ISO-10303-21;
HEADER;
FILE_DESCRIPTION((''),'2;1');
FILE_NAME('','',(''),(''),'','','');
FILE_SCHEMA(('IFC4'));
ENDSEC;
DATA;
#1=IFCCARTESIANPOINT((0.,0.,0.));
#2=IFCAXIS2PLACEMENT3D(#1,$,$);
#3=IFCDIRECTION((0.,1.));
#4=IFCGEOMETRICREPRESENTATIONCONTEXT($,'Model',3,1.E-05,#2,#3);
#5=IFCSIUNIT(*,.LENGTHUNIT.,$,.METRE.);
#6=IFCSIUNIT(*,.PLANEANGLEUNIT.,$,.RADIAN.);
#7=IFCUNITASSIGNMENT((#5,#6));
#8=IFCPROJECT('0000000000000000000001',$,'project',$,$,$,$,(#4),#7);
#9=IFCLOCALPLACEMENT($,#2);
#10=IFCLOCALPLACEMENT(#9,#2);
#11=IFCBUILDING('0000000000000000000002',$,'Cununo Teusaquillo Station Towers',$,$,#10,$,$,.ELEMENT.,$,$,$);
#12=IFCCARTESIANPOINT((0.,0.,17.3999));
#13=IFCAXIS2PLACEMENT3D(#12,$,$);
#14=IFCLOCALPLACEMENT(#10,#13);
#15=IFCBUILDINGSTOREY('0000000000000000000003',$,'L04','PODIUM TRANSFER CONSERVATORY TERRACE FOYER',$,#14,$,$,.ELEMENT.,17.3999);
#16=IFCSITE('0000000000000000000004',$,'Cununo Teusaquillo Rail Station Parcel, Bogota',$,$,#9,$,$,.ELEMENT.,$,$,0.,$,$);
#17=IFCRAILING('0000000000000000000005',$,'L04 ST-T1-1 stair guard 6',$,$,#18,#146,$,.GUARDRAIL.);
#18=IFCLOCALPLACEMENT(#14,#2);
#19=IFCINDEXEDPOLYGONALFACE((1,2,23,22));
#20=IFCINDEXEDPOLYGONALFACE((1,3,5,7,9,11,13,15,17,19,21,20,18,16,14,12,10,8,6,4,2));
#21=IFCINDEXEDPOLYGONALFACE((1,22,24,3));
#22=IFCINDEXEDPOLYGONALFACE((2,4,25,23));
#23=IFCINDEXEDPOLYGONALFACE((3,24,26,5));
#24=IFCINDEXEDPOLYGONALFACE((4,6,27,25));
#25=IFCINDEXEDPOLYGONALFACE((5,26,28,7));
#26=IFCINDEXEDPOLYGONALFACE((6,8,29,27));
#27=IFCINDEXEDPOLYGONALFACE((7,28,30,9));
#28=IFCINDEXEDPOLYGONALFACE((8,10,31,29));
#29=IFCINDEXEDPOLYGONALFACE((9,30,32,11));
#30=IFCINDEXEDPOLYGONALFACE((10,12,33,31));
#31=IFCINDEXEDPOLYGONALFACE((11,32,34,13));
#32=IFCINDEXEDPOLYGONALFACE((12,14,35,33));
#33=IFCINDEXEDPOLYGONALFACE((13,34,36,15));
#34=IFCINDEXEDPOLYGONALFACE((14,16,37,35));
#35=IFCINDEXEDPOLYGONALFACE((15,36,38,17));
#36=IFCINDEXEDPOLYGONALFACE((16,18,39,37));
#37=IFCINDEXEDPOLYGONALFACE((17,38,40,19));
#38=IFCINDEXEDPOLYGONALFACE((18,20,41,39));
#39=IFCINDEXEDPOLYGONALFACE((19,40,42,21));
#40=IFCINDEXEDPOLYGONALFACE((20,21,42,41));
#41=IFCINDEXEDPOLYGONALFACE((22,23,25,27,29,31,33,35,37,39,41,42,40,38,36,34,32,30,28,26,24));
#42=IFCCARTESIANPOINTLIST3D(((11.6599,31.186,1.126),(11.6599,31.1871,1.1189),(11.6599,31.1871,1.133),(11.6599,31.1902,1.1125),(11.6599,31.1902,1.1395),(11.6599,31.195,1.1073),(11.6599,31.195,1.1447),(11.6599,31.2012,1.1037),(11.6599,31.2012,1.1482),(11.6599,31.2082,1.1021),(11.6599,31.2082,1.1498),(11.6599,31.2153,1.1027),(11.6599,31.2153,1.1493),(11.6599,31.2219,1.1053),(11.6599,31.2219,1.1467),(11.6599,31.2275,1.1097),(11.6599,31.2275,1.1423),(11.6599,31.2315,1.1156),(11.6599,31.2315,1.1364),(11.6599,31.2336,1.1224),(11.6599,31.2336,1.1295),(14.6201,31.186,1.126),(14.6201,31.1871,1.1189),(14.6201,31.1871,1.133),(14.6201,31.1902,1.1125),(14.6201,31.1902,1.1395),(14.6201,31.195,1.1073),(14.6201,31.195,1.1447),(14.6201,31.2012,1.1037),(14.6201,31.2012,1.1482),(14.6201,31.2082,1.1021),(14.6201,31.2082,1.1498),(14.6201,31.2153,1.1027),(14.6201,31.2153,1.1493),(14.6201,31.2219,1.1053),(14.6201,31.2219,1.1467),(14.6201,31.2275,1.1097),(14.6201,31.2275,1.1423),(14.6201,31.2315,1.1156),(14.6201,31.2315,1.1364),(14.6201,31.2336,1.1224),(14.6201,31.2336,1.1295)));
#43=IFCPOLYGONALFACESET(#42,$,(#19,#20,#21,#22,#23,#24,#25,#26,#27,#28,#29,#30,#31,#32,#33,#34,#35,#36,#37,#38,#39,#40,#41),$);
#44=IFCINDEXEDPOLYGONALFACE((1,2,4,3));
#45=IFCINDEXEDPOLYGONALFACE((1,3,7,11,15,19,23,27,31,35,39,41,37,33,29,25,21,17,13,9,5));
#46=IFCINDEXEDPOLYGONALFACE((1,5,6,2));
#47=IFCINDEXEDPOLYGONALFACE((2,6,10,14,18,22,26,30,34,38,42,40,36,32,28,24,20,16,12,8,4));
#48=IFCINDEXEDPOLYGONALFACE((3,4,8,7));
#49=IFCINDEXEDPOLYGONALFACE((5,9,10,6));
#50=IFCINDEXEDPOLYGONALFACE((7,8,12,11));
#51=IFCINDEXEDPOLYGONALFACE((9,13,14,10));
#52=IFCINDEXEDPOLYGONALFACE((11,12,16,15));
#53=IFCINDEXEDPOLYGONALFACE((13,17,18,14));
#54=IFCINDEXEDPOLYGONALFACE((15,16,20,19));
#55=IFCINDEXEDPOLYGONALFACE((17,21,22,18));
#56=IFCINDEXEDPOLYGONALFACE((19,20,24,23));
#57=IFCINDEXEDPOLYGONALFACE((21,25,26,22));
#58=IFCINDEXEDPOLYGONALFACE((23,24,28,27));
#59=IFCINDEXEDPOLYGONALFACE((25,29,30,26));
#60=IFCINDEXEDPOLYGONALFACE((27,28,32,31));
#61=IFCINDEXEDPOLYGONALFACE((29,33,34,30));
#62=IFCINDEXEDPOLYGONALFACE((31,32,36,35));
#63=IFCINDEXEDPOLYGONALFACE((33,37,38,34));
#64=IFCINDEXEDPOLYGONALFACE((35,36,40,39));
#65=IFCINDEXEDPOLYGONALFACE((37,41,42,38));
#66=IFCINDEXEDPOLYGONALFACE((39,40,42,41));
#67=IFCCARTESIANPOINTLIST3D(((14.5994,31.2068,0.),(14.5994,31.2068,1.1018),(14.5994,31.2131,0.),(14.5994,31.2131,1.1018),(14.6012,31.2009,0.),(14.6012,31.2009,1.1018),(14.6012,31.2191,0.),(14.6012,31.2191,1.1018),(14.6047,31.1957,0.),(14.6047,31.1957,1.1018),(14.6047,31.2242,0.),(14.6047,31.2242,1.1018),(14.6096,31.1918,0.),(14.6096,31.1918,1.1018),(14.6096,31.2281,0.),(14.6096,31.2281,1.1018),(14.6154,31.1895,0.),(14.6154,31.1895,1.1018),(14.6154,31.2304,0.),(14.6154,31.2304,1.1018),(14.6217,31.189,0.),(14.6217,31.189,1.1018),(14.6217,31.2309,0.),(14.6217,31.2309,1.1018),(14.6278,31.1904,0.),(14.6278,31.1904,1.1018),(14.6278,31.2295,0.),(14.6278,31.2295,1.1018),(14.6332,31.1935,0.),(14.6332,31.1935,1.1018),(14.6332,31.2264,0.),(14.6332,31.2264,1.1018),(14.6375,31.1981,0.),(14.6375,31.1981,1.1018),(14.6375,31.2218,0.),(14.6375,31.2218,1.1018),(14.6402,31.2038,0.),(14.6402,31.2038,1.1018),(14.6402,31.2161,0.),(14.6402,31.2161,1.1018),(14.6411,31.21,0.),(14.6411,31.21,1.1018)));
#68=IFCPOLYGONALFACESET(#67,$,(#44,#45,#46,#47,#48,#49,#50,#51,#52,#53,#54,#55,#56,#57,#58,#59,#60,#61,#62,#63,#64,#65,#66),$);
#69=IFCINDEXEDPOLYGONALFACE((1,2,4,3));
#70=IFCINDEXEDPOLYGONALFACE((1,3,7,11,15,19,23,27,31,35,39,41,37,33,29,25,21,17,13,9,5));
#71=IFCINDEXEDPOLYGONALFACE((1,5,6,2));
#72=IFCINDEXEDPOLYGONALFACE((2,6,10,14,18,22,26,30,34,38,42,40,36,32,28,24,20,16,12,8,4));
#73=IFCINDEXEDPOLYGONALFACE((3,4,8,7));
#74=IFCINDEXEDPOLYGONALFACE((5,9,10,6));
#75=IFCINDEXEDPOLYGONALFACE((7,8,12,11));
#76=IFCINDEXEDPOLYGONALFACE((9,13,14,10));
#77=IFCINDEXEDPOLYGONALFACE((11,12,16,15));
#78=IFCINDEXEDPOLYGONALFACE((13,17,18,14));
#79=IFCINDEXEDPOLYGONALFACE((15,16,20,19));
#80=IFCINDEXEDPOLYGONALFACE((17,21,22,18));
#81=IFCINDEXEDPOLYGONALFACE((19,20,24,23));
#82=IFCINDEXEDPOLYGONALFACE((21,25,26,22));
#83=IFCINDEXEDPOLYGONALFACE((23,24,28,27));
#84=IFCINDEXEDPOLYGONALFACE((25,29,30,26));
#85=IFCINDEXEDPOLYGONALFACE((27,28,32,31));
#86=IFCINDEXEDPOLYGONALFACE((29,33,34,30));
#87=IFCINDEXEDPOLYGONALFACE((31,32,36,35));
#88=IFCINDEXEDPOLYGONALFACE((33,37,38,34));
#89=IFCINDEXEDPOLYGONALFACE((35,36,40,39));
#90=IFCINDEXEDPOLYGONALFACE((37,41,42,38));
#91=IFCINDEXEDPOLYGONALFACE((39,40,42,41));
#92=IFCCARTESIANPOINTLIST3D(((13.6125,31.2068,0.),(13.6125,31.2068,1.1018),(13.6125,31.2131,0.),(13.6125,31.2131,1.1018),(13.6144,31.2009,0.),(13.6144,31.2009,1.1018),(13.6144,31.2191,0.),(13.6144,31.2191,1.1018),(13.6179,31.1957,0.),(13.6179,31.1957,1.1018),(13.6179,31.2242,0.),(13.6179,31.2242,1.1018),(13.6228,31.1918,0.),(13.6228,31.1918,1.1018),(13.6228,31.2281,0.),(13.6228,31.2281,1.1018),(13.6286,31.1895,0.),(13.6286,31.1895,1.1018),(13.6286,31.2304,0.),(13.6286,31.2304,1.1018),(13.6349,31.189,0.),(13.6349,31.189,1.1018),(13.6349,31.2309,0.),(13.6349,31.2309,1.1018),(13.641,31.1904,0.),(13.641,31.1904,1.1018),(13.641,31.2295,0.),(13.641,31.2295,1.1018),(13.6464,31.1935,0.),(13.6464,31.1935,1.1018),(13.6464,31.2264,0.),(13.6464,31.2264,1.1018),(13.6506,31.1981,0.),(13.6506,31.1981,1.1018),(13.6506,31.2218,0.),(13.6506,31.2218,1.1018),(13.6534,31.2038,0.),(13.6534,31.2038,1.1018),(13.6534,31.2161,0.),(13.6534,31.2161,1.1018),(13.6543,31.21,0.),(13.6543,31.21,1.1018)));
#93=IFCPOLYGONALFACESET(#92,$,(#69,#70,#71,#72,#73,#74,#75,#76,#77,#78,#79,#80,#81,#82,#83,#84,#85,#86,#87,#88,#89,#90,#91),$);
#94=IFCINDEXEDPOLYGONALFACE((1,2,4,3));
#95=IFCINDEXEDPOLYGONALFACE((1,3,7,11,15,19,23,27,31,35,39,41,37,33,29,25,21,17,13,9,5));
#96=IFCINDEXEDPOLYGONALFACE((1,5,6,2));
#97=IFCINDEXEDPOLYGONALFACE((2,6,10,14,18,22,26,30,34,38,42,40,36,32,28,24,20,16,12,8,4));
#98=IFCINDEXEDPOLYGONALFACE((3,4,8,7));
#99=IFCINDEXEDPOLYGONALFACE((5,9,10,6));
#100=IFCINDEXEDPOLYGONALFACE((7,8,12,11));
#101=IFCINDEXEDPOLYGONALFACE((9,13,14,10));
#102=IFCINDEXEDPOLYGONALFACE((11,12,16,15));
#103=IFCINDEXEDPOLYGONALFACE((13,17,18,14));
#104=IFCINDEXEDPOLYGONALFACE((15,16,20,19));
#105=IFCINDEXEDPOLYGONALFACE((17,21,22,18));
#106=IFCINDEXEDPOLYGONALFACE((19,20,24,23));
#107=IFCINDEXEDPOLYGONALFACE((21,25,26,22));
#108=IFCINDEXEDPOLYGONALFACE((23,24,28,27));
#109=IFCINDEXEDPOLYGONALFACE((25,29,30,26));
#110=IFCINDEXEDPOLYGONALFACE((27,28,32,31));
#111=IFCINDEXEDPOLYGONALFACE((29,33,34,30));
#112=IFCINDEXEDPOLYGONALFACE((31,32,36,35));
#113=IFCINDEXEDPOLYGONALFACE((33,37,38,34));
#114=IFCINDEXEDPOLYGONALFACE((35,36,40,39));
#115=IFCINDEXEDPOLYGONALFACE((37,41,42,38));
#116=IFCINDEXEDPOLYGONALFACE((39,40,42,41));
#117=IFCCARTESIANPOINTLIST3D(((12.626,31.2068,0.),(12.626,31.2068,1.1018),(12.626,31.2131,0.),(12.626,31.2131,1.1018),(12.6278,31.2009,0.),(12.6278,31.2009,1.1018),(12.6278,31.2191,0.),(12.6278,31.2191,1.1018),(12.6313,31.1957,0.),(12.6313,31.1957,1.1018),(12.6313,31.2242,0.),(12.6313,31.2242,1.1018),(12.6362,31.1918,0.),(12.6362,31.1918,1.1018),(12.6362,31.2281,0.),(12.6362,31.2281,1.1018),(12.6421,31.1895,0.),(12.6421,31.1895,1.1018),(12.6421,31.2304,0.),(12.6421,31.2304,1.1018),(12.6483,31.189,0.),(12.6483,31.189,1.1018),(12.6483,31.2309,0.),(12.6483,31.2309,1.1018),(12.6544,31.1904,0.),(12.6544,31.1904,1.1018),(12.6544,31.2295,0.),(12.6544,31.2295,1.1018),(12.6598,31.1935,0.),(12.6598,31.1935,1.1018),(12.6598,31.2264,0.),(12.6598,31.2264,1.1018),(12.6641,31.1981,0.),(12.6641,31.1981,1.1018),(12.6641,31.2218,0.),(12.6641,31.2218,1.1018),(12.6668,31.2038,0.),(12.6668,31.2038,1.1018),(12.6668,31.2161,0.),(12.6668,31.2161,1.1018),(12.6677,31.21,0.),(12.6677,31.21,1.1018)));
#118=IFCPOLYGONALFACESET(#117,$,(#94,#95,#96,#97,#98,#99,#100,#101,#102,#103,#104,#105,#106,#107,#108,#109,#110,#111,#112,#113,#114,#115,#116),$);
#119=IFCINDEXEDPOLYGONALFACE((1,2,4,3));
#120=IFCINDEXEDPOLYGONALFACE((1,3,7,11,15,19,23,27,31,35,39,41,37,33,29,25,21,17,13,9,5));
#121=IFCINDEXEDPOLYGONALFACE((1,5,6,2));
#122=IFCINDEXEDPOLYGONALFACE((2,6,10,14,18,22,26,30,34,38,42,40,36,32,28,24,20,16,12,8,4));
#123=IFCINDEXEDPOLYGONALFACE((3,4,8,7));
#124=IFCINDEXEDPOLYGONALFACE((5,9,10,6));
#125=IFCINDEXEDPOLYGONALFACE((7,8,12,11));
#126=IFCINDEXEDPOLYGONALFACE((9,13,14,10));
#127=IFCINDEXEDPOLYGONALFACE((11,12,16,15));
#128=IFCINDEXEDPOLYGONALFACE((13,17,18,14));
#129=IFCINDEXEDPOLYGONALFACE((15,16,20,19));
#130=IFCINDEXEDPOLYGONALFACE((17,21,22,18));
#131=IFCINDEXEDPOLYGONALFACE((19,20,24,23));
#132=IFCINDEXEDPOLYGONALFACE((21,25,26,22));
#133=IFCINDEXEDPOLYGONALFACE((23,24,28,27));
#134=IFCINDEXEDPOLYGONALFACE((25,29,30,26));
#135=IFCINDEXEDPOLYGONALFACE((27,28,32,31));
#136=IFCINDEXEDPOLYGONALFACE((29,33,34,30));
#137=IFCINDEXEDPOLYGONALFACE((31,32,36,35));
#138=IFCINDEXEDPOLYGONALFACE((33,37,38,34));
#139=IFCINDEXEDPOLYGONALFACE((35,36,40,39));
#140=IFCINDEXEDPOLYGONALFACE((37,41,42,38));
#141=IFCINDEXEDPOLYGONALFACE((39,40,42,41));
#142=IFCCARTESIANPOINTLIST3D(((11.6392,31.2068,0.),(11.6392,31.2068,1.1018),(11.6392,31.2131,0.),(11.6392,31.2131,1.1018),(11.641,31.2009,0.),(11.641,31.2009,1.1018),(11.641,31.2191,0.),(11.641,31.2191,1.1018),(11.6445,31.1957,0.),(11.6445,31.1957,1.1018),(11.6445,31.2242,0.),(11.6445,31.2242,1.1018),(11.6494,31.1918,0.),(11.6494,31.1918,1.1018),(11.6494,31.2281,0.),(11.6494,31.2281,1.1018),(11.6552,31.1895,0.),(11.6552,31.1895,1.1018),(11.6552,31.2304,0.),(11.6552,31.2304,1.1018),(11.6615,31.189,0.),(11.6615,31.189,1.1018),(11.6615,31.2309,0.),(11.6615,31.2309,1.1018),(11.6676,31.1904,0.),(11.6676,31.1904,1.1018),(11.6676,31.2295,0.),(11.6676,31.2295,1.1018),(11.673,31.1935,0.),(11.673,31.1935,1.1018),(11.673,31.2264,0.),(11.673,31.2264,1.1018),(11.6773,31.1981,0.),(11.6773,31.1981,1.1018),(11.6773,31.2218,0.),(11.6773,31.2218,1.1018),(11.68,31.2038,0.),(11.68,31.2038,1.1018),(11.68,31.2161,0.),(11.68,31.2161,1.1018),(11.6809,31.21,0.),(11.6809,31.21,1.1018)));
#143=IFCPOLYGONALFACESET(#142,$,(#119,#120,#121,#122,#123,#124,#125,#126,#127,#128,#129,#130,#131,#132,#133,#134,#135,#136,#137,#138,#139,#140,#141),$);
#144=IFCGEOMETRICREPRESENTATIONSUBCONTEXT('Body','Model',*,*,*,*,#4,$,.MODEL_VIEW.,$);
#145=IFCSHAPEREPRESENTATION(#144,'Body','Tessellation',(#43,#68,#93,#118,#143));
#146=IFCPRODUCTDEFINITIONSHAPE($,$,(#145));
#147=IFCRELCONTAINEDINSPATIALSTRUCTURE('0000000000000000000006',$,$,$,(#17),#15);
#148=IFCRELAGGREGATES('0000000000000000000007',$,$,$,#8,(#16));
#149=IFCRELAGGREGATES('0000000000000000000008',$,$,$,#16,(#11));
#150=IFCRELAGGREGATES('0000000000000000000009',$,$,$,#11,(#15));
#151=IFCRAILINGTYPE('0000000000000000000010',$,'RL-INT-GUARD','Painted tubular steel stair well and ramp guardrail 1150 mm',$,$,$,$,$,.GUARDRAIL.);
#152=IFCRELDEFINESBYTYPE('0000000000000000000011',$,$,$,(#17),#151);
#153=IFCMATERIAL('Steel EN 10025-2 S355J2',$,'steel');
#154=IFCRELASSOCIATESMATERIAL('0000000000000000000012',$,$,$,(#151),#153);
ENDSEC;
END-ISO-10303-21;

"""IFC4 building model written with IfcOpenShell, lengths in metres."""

from ifc_helpers import new_model, si_unit, direction, frame, origin, origin_2d, place, context, subcontext, project, spatial, circle, extrude, material, type_object, element, save


model = new_model("IFC4")

# Units and contexts
model_context = context("Model", 3, precision=1e-05, world=origin(), true_north=direction((0.0, 1.0)))
body_context = subcontext(model_context, "Body", "Model", "MODEL_VIEW")
ifc_project = project(units=[si_unit("LENGTHUNIT", "METRE"), si_unit("PLANEANGLEUNIT", "RADIAN")], contexts=[model_context])

# Site, building, storey
site_placement = place(None, origin())
site = spatial("IfcSite", under=ifc_project, at=site_placement, Name="Cununo Teusaquillo Rail Station Parcel, Bogota", CompositionType="ELEMENT", RefElevation=0.0)
building_placement = place(site_placement, origin())
building = spatial("IfcBuilding", under=site, at=building_placement, Name="Cununo Teusaquillo Station Towers", CompositionType="ELEMENT")
storey_placement = place(building_placement, frame((0.0, 0.0, 17.3999)))
storey = spatial("IfcBuildingStorey", under=building, at=storey_placement, Name="L04", Description="PODIUM TRANSFER CONSERVATORY TERRACE FOYER", CompositionType="ELEMENT", Elevation=17.3999)

# Railing
ifc_material_1 = material(Name="Steel EN 10025-2 S355J2", Category="steel")
railing_type_1 = type_object("IfcRailingType", Name="RL-INT-GUARD", Description="Painted tubular steel stair well and ramp guardrail 1150 mm", PredefinedType="GUARDRAIL", material=ifc_material_1)
railing_1_placement = place(storey_placement, frame((14.6201, 31.21, 0.0)))
element("IfcRailing", 1, at=railing_1_placement, inside=storey, type_object=railing_type_1, Name="L04 ST-T1-1 stair guard 6", PredefinedType="GUARDRAIL", context=body_context, shape_type="SweptSolid", body=[
    extrude(circle(Radius=0.0239, at=origin_2d()), frame((0.0, 0.0, 1.126), z_axis=(-1.0, 0.0, 0.0), x_axis=(0.0, -1.0, 0.0)), (0.0, 0.0, 1.0), 2.9602),
    extrude(circle(Radius=0.021, at=origin_2d()), origin(), (0.0, 0.0, 1.0), 1.1018),
    extrude(circle(Radius=0.021, at=origin_2d()), frame((-0.9868, 0.0, 0.0)), (0.0, 0.0, 1.0), 1.1018),
    extrude(circle(Radius=0.021, at=origin_2d()), frame((-1.9734, 0.0, 0.0)), (0.0, 0.0, 1.0), 1.1018),
    extrude(circle(Radius=0.021, at=origin_2d()), frame((-2.9602, 0.0, 0.0)), (0.0, 0.0, 1.0), 1.1018),
])

save(model, "model.ifc")
